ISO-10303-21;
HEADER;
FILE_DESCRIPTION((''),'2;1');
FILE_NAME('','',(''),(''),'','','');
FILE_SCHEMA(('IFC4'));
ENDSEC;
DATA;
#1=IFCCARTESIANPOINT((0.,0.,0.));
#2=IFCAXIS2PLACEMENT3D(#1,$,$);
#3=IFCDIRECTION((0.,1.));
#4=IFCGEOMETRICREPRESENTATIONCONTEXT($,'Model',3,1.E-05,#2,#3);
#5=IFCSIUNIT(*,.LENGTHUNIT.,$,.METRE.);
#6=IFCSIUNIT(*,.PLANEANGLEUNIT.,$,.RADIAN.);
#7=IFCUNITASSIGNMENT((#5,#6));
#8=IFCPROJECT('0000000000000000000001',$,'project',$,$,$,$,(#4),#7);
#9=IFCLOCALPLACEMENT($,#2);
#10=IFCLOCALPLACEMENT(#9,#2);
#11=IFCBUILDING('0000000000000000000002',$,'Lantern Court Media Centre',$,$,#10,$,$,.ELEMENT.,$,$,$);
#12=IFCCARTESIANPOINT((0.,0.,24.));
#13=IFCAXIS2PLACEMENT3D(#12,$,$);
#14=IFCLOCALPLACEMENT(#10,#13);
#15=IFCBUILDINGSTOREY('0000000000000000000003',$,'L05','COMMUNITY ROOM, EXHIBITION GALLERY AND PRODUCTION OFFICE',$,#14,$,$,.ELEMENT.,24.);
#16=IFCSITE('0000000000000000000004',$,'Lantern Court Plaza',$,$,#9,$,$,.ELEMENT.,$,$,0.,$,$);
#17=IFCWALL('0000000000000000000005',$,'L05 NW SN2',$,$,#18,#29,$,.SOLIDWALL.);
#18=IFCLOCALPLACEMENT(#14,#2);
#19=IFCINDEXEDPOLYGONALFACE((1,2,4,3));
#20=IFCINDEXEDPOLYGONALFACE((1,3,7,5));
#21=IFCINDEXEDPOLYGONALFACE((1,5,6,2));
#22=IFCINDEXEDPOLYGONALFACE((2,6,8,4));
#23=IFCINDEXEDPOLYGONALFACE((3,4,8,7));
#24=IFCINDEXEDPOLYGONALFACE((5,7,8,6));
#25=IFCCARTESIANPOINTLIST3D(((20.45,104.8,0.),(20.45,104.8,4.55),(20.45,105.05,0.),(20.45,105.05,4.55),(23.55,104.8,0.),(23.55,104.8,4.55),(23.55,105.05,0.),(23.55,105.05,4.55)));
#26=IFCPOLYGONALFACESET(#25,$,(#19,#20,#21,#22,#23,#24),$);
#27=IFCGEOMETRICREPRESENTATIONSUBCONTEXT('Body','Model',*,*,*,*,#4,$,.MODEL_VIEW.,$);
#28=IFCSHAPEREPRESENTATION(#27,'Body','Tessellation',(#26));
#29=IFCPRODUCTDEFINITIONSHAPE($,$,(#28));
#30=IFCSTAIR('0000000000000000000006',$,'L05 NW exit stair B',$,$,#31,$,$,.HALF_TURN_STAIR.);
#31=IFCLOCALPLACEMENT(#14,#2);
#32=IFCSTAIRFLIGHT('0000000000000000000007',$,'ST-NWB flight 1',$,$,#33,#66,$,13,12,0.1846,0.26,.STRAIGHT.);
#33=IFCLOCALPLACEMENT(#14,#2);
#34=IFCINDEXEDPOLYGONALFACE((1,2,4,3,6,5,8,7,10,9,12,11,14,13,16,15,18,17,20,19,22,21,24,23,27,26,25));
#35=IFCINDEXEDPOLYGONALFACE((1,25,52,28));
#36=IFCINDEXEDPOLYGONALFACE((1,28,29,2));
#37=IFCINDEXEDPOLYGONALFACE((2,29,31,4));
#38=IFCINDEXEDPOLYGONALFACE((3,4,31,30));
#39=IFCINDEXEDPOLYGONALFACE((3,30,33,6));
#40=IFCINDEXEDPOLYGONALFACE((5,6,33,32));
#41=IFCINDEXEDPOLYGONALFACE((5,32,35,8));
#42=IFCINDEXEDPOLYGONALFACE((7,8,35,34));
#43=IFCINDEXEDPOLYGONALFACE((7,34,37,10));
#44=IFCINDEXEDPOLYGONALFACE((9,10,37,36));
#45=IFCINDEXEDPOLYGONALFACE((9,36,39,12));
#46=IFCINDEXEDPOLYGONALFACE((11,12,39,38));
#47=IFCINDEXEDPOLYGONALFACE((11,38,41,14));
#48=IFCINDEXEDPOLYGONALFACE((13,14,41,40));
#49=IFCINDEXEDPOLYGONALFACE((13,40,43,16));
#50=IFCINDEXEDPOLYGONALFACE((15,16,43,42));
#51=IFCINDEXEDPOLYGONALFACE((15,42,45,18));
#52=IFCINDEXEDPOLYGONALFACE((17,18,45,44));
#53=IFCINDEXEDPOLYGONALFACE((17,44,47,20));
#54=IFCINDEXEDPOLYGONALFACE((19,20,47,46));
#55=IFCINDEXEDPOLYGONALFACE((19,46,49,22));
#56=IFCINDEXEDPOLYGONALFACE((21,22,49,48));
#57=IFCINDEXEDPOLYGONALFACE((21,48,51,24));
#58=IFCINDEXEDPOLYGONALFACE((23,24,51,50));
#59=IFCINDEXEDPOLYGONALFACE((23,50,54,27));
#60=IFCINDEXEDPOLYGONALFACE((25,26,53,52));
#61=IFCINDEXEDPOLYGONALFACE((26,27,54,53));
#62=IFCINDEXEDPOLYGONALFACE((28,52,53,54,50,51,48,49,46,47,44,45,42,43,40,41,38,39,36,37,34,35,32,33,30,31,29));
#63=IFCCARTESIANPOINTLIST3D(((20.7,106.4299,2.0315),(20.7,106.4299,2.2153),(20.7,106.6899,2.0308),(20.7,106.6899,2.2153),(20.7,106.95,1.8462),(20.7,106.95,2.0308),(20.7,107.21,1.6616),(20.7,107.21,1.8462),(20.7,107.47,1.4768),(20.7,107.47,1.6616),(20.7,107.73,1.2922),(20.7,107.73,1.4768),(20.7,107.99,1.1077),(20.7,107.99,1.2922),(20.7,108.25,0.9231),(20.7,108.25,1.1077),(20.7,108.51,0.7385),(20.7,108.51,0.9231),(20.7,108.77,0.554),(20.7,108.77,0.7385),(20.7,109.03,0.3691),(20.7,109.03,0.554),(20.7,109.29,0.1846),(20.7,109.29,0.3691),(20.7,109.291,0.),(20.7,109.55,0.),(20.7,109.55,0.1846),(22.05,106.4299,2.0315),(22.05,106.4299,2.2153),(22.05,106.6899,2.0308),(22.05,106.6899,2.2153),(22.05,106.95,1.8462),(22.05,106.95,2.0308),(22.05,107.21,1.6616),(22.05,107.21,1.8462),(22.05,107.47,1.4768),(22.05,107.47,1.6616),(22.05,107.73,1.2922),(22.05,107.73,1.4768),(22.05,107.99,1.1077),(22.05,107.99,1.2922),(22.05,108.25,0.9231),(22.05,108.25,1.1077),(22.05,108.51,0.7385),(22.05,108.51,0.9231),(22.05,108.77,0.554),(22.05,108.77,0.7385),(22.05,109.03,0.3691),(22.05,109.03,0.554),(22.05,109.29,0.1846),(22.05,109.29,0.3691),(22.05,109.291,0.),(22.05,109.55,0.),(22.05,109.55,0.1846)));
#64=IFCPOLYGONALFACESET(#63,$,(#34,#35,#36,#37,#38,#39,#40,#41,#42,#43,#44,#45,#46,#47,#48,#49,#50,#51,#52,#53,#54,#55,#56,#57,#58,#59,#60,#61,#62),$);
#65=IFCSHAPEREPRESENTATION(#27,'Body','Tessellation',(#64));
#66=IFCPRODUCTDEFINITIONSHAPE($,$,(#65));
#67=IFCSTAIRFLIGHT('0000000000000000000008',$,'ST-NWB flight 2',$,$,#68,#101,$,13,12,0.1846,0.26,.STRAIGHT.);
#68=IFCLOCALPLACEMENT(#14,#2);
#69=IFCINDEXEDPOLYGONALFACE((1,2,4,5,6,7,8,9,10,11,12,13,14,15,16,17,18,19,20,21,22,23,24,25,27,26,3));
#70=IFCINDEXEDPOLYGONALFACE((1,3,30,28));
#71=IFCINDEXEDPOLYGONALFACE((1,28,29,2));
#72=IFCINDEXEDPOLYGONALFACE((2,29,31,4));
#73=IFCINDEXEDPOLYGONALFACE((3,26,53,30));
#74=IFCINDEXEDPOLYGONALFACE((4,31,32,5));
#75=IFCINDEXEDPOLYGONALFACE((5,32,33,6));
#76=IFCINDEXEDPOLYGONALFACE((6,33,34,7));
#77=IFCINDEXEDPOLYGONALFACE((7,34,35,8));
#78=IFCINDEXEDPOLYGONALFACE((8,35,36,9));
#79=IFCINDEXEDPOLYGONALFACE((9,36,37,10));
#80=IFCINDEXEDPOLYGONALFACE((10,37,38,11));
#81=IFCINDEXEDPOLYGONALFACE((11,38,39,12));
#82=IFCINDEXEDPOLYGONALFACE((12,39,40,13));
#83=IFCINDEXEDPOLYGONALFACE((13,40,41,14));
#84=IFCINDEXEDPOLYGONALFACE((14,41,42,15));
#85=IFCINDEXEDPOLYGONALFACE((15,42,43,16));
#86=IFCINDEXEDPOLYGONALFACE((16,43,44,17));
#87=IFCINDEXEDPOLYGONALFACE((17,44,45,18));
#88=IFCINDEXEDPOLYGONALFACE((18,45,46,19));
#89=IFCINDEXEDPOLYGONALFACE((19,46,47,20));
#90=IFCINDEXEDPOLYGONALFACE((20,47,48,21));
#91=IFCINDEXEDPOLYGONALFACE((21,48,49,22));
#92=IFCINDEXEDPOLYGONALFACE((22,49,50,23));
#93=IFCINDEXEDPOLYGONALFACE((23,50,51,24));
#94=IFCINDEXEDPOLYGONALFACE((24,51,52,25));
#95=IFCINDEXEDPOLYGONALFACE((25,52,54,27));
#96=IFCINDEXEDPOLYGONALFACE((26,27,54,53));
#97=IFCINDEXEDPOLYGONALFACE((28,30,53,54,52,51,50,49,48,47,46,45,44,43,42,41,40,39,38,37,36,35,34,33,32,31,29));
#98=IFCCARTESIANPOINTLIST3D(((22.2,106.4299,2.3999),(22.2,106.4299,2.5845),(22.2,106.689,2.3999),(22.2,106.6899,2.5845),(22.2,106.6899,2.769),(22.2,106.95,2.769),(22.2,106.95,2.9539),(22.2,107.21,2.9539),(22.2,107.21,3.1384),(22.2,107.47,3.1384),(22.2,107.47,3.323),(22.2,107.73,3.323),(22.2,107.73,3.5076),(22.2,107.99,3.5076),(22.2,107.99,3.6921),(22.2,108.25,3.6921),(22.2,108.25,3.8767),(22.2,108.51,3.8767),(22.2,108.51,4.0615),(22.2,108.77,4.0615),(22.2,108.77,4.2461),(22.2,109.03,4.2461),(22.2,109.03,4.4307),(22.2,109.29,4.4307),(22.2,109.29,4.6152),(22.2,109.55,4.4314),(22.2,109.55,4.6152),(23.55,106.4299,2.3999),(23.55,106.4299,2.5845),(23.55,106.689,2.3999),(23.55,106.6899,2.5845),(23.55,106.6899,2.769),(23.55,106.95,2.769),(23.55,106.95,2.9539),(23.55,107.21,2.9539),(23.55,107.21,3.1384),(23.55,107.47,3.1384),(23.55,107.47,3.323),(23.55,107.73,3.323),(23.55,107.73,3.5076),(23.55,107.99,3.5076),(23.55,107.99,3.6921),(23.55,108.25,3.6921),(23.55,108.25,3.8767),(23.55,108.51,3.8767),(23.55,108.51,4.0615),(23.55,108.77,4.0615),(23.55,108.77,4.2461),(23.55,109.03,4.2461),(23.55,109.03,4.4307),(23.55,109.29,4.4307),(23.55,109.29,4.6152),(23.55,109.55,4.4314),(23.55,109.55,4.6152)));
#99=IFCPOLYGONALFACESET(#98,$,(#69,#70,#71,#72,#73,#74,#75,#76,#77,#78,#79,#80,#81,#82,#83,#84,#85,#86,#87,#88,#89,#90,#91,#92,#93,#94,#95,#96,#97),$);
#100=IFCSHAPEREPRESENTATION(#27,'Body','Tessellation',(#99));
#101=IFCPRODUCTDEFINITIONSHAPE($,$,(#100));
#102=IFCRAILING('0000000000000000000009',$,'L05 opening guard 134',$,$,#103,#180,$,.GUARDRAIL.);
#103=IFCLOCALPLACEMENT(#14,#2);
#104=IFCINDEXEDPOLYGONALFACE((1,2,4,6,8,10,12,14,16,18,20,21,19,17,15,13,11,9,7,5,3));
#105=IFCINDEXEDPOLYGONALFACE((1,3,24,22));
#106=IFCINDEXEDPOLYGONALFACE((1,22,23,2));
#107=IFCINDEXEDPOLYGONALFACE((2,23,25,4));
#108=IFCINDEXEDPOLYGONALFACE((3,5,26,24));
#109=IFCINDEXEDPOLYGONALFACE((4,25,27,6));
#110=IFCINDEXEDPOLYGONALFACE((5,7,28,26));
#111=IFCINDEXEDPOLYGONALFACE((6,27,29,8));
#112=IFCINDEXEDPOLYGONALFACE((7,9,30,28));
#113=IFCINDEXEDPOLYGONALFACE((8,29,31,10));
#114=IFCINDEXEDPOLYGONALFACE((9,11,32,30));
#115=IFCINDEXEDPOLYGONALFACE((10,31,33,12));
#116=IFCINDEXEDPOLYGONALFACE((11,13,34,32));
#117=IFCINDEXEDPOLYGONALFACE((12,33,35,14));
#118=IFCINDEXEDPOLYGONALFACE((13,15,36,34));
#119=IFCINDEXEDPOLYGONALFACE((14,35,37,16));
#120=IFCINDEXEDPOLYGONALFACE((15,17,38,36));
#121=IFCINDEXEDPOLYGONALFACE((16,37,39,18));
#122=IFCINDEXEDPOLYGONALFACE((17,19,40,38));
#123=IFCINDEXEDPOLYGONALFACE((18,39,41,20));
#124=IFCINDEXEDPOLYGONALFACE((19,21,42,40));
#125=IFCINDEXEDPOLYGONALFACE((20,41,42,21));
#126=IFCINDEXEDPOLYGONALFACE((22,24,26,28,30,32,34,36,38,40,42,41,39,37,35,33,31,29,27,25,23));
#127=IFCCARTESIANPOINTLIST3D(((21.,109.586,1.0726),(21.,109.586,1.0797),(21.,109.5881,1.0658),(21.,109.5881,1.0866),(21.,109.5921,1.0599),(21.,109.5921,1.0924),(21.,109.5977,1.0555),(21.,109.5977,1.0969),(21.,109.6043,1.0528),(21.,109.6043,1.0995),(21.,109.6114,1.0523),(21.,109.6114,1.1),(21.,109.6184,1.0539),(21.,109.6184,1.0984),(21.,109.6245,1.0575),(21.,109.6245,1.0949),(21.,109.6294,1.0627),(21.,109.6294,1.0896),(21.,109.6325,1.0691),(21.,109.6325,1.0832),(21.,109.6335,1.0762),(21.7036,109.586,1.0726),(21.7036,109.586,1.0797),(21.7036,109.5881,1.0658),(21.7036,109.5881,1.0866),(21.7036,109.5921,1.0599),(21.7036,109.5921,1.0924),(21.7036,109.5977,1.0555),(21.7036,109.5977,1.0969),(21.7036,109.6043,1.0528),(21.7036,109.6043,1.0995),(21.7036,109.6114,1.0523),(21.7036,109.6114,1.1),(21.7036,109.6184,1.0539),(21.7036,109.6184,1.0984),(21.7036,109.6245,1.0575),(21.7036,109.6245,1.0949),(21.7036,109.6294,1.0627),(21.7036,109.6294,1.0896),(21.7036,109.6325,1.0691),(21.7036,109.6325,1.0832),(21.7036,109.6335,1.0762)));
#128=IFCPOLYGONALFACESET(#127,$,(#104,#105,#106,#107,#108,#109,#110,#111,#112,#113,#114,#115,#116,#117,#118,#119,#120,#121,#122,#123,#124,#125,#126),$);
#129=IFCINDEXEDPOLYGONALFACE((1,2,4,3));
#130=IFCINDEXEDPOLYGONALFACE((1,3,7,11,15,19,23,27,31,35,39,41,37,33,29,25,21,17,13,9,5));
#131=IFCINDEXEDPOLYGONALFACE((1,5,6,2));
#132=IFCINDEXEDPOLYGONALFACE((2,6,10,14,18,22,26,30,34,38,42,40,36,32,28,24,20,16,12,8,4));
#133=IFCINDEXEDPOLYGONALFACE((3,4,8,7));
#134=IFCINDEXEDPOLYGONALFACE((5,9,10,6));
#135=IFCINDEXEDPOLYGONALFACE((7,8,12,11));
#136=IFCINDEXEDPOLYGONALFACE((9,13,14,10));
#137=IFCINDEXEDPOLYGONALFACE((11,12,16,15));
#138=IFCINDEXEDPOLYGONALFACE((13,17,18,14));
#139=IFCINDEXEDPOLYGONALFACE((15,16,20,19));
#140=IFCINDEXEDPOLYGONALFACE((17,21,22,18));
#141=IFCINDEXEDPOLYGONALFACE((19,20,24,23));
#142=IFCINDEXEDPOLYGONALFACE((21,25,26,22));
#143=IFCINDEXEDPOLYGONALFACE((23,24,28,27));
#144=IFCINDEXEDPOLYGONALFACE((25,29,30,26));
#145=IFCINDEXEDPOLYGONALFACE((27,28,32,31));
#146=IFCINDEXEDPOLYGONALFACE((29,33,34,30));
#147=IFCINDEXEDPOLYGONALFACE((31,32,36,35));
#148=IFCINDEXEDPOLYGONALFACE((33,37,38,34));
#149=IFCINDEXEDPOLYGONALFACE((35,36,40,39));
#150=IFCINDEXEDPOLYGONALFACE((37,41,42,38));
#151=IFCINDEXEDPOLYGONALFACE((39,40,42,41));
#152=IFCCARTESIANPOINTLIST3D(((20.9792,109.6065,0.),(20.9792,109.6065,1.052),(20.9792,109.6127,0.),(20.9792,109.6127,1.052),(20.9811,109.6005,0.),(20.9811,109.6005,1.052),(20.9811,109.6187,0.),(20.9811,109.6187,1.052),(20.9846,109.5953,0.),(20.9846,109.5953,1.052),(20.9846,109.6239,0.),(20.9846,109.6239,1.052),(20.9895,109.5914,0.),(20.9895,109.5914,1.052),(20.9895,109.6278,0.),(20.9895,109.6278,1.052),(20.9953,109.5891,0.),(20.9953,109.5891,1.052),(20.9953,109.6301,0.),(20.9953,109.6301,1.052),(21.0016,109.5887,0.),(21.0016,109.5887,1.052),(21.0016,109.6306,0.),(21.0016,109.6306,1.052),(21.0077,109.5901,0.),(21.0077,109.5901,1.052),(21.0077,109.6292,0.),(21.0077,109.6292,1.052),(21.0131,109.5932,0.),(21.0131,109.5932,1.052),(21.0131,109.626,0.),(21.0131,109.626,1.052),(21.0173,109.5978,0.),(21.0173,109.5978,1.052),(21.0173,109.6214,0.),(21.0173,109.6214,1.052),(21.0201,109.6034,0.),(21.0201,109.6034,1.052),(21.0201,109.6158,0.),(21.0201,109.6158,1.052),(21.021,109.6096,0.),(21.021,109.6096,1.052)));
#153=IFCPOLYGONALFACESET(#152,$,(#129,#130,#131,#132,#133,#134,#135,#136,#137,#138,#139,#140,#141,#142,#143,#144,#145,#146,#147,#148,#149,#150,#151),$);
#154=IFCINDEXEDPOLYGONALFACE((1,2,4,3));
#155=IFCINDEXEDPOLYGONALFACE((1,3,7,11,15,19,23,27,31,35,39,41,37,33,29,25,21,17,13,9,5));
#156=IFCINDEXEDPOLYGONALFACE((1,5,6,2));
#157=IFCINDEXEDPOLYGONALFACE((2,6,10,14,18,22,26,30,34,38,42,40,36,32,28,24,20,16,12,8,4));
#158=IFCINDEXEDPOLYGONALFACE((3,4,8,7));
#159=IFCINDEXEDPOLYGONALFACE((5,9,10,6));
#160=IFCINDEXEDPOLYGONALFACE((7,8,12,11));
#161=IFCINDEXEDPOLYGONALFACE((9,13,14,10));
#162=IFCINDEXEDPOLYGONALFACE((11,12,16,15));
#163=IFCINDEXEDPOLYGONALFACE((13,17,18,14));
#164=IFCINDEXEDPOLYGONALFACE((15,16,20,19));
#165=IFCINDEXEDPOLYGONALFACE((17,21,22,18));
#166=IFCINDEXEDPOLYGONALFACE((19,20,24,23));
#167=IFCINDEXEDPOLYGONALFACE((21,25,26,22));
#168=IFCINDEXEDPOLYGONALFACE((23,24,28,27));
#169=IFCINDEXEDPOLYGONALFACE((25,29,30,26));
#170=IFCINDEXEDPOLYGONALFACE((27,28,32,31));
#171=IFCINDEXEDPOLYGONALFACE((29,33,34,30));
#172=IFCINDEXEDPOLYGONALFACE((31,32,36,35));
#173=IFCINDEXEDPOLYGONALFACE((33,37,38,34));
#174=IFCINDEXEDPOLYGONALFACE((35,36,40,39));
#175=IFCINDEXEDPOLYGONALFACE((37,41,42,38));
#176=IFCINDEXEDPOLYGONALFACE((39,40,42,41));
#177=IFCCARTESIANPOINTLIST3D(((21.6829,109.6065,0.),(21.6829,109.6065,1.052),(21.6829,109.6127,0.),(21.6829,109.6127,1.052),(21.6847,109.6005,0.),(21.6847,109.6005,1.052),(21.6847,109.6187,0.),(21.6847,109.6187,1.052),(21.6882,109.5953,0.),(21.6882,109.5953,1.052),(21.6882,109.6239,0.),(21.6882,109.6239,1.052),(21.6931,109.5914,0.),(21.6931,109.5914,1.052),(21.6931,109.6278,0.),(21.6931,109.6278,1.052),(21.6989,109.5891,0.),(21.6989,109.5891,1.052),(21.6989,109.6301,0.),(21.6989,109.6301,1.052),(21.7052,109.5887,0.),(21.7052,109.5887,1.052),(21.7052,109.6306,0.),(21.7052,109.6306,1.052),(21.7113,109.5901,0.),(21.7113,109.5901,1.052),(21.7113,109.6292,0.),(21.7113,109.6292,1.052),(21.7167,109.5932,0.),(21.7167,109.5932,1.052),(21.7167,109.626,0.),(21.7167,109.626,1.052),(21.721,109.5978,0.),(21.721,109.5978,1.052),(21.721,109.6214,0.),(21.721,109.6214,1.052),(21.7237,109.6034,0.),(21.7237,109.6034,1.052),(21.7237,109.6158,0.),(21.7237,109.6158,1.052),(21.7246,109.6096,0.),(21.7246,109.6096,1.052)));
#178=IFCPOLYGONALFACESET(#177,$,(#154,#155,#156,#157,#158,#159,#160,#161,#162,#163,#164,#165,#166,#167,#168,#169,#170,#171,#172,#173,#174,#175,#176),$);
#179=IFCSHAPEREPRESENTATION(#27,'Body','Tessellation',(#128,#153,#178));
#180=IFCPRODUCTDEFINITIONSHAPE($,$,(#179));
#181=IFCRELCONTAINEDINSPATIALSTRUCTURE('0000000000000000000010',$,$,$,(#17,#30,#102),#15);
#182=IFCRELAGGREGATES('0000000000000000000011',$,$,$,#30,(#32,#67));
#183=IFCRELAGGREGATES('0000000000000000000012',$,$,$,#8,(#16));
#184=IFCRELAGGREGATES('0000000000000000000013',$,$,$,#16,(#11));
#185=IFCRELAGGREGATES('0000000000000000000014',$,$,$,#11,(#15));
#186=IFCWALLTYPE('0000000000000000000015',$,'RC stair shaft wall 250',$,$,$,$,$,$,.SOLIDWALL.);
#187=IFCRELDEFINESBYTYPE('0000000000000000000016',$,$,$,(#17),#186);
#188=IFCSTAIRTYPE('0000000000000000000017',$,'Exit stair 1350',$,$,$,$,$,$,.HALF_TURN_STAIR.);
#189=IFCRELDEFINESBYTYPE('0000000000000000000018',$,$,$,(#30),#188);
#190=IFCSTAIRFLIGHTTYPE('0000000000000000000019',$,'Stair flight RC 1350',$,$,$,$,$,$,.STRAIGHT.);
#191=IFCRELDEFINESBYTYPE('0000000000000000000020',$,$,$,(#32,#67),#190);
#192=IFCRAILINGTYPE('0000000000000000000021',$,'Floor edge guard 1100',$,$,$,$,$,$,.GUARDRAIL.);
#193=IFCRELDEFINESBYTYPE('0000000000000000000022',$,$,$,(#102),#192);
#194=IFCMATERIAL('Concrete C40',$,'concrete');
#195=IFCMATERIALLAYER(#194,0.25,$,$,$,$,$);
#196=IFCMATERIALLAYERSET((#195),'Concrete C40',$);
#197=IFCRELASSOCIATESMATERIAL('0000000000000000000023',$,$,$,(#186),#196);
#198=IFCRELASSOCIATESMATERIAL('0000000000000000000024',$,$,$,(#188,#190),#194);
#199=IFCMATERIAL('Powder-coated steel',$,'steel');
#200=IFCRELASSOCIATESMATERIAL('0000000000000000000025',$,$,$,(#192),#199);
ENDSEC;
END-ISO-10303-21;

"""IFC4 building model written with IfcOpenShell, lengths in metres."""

from ifc_helpers import new_model, si_unit, direction, frame, frame_2d, origin, origin_2d, place, context, subcontext, project, spatial, polyline, rectangle, circle, outline, extrude, material, layer, layer_set, type_object, element, aggregate, save


model = new_model("IFC4")

# Units and contexts
model_context = context("Model", 3, precision=1e-05, world=origin(), true_north=direction((0.0, 1.0)))
body_context = subcontext(model_context, "Body", "Model", "MODEL_VIEW")
ifc_project = project(units=[si_unit("LENGTHUNIT", "METRE"), si_unit("PLANEANGLEUNIT", "RADIAN")], contexts=[model_context])

# Site, building, storey
site_placement = place(None, origin())
site = spatial("IfcSite", under=ifc_project, at=site_placement, Name="Lantern Court Plaza", CompositionType="ELEMENT", RefElevation=0.0)
building_placement = place(site_placement, origin())
building = spatial("IfcBuilding", under=site, at=building_placement, Name="Lantern Court Media Centre", CompositionType="ELEMENT")
storey_placement = place(building_placement, frame((0.0, 0.0, 24.0)))
storey = spatial("IfcBuildingStorey", under=building, at=storey_placement, Name="L05", Description="COMMUNITY ROOM, EXHIBITION GALLERY AND PRODUCTION OFFICE", CompositionType="ELEMENT", Elevation=24.0)

# Wall
ifc_material_1 = material(Name="Concrete C40", Category="concrete")
ifc_layer_1 = layer(ifc_material_1, 0.25)
ifc_layer_set_1 = layer_set([ifc_layer_1], Name="Concrete C40")
wall_type_1 = type_object("IfcWallType", Name="RC stair shaft wall 250", PredefinedType="SOLIDWALL", material=ifc_layer_set_1)
wall_1_placement = place(storey_placement, frame((20.45, 104.925, 0.0), z_axis=(0.0, 0.0, 1.0), x_axis=(1.0, 0.0, 0.0)))
element("IfcWall", 1, at=wall_1_placement, inside=storey, type_object=wall_type_1, Name="L05 NW SN2", PredefinedType="SOLIDWALL", context=body_context, shape_type="SweptSolid", body=[
    extrude(rectangle(XDim=3.1001, YDim=0.25, at=frame_2d((1.55, 0.0))), origin(), (0.0, 0.0, 1.0), 4.55),
])

# Stair, stair flights
stair_type = type_object("IfcStairType", Name="Exit stair 1350", PredefinedType="HALF_TURN_STAIR", material=ifc_material_1)
stair_placement = place(storey_placement, origin())
stair = element("IfcStair", 2, at=stair_placement, inside=storey, type_object=stair_type, Name="L05 NW exit stair B", PredefinedType="HALF_TURN_STAIR")
stair_flight_type = type_object("IfcStairFlightType", Name="Stair flight RC 1350", PredefinedType="STRAIGHT", material=ifc_material_1)
stair_flight_1_placement = place(storey_placement, frame((21.375, 109.55, 0.0), z_axis=(0.0, 0.0, 1.0), x_axis=(0.0, -1.0, 0.0)))
stair_flight_1 = element("IfcStairFlight", 3, at=stair_flight_1_placement, type_object=stair_flight_type, Name="ST-NWB flight 1", NumberOfRisers=13, NumberOfTreads=12, PredefinedType="STRAIGHT", RiserHeight=0.1846, TreadLength=0.26, context=body_context, shape_type="SweptSolid", body=[
    extrude(outline(polyline([(0.0, 0.0), (0.0, 0.1846), (0.26, 0.1846), (0.26, 0.3691), (0.52, 0.3691), (0.52, 0.554), (0.78, 0.554), (0.78, 0.7385), (1.04, 0.7385), (1.04, 0.9231), (1.3, 0.9231), (1.3, 1.1077), (1.5601, 1.1077), (1.5601, 1.2922), (1.8201, 1.2922), (1.8201, 1.4768), (2.0801, 1.4768), (2.0801, 1.6616), (2.3401, 1.6616), (2.3401, 1.8462), (2.6001, 1.8462), (2.6001, 2.0308), (2.8601, 2.0308), (2.8601, 2.2153), (3.1201, 2.2153), (3.1201, 2.3999), (3.1201, 2.0315), (0.259, 0.0), (0.0, 0.0)])), frame((0.0, 0.675, 0.0), z_axis=(0.0, -1.0, 0.0), x_axis=(1.0, 0.0, 0.0)), (0.0, 0.0, 1.0), 1.3501),
])
stair_flight_2_placement = place(storey_placement, frame((22.875, 106.4299, 2.3999), z_axis=(0.0, 0.0, 1.0), x_axis=(0.0, 1.0, 0.0)))
stair_flight_2 = element("IfcStairFlight", 4, at=stair_flight_2_placement, type_object=stair_flight_type, Name="ST-NWB flight 2", NumberOfRisers=13, NumberOfTreads=12, PredefinedType="STRAIGHT", RiserHeight=0.1846, TreadLength=0.26, context=body_context, shape_type="SweptSolid", body=[
    extrude(outline(polyline([(0.0, 0.0), (0.0, 0.1846), (0.26, 0.1846), (0.26, 0.3691), (0.52, 0.3691), (0.52, 0.554), (0.78, 0.554), (0.78, 0.7385), (1.04, 0.7385), (1.04, 0.9231), (1.3, 0.9231), (1.3, 1.1077), (1.5601, 1.1077), (1.5601, 1.2922), (1.8201, 1.2922), (1.8201, 1.4768), (2.0801, 1.4768), (2.0801, 1.6616), (2.3401, 1.6616), (2.3401, 1.8462), (2.6001, 1.8462), (2.6001, 2.0308), (2.8601, 2.0308), (2.8601, 2.2153), (3.1201, 2.2153), (3.1201, 2.3999), (3.1201, 2.0315), (0.259, 0.0), (0.0, 0.0)])), frame((0.0, 0.675, 0.0), z_axis=(0.0, -1.0, 0.0), x_axis=(1.0, 0.0, 0.0)), (0.0, 0.0, 1.0), 1.3501),
])
aggregate(stair, [stair_flight_1, stair_flight_2])

# Railing
ifc_material_2 = material(Name="Powder-coated steel", Category="steel")
railing_type_1 = type_object("IfcRailingType", Name="Floor edge guard 1100", PredefinedType="GUARDRAIL", material=ifc_material_2)
for number, where, name in (
    (5, (21.0, 109.6096, 0.0), "L05 opening guard 134"),
):
    element("IfcRailing", number, at=place(storey_placement, frame(where)), inside=storey, type_object=railing_type_1, Name=name, PredefinedType="GUARDRAIL", context=body_context, shape_type="SweptSolid", body=[
        extrude(circle(Radius=0.0239, at=origin_2d()), frame((0.0, 0.0, 1.0762), z_axis=(1.0, 0.0, 0.0), x_axis=(0.0, 1.0, 0.0)), (0.0, 0.0, 1.0), 0.7036),
        extrude(circle(Radius=0.021, at=origin_2d()), origin(), (0.0, 0.0, 1.0), 1.052),
        extrude(circle(Radius=0.021, at=origin_2d()), frame((0.7036, 0.0, 0.0)), (0.0, 0.0, 1.0), 1.052),
    ])

save(model, "model.ifc")
